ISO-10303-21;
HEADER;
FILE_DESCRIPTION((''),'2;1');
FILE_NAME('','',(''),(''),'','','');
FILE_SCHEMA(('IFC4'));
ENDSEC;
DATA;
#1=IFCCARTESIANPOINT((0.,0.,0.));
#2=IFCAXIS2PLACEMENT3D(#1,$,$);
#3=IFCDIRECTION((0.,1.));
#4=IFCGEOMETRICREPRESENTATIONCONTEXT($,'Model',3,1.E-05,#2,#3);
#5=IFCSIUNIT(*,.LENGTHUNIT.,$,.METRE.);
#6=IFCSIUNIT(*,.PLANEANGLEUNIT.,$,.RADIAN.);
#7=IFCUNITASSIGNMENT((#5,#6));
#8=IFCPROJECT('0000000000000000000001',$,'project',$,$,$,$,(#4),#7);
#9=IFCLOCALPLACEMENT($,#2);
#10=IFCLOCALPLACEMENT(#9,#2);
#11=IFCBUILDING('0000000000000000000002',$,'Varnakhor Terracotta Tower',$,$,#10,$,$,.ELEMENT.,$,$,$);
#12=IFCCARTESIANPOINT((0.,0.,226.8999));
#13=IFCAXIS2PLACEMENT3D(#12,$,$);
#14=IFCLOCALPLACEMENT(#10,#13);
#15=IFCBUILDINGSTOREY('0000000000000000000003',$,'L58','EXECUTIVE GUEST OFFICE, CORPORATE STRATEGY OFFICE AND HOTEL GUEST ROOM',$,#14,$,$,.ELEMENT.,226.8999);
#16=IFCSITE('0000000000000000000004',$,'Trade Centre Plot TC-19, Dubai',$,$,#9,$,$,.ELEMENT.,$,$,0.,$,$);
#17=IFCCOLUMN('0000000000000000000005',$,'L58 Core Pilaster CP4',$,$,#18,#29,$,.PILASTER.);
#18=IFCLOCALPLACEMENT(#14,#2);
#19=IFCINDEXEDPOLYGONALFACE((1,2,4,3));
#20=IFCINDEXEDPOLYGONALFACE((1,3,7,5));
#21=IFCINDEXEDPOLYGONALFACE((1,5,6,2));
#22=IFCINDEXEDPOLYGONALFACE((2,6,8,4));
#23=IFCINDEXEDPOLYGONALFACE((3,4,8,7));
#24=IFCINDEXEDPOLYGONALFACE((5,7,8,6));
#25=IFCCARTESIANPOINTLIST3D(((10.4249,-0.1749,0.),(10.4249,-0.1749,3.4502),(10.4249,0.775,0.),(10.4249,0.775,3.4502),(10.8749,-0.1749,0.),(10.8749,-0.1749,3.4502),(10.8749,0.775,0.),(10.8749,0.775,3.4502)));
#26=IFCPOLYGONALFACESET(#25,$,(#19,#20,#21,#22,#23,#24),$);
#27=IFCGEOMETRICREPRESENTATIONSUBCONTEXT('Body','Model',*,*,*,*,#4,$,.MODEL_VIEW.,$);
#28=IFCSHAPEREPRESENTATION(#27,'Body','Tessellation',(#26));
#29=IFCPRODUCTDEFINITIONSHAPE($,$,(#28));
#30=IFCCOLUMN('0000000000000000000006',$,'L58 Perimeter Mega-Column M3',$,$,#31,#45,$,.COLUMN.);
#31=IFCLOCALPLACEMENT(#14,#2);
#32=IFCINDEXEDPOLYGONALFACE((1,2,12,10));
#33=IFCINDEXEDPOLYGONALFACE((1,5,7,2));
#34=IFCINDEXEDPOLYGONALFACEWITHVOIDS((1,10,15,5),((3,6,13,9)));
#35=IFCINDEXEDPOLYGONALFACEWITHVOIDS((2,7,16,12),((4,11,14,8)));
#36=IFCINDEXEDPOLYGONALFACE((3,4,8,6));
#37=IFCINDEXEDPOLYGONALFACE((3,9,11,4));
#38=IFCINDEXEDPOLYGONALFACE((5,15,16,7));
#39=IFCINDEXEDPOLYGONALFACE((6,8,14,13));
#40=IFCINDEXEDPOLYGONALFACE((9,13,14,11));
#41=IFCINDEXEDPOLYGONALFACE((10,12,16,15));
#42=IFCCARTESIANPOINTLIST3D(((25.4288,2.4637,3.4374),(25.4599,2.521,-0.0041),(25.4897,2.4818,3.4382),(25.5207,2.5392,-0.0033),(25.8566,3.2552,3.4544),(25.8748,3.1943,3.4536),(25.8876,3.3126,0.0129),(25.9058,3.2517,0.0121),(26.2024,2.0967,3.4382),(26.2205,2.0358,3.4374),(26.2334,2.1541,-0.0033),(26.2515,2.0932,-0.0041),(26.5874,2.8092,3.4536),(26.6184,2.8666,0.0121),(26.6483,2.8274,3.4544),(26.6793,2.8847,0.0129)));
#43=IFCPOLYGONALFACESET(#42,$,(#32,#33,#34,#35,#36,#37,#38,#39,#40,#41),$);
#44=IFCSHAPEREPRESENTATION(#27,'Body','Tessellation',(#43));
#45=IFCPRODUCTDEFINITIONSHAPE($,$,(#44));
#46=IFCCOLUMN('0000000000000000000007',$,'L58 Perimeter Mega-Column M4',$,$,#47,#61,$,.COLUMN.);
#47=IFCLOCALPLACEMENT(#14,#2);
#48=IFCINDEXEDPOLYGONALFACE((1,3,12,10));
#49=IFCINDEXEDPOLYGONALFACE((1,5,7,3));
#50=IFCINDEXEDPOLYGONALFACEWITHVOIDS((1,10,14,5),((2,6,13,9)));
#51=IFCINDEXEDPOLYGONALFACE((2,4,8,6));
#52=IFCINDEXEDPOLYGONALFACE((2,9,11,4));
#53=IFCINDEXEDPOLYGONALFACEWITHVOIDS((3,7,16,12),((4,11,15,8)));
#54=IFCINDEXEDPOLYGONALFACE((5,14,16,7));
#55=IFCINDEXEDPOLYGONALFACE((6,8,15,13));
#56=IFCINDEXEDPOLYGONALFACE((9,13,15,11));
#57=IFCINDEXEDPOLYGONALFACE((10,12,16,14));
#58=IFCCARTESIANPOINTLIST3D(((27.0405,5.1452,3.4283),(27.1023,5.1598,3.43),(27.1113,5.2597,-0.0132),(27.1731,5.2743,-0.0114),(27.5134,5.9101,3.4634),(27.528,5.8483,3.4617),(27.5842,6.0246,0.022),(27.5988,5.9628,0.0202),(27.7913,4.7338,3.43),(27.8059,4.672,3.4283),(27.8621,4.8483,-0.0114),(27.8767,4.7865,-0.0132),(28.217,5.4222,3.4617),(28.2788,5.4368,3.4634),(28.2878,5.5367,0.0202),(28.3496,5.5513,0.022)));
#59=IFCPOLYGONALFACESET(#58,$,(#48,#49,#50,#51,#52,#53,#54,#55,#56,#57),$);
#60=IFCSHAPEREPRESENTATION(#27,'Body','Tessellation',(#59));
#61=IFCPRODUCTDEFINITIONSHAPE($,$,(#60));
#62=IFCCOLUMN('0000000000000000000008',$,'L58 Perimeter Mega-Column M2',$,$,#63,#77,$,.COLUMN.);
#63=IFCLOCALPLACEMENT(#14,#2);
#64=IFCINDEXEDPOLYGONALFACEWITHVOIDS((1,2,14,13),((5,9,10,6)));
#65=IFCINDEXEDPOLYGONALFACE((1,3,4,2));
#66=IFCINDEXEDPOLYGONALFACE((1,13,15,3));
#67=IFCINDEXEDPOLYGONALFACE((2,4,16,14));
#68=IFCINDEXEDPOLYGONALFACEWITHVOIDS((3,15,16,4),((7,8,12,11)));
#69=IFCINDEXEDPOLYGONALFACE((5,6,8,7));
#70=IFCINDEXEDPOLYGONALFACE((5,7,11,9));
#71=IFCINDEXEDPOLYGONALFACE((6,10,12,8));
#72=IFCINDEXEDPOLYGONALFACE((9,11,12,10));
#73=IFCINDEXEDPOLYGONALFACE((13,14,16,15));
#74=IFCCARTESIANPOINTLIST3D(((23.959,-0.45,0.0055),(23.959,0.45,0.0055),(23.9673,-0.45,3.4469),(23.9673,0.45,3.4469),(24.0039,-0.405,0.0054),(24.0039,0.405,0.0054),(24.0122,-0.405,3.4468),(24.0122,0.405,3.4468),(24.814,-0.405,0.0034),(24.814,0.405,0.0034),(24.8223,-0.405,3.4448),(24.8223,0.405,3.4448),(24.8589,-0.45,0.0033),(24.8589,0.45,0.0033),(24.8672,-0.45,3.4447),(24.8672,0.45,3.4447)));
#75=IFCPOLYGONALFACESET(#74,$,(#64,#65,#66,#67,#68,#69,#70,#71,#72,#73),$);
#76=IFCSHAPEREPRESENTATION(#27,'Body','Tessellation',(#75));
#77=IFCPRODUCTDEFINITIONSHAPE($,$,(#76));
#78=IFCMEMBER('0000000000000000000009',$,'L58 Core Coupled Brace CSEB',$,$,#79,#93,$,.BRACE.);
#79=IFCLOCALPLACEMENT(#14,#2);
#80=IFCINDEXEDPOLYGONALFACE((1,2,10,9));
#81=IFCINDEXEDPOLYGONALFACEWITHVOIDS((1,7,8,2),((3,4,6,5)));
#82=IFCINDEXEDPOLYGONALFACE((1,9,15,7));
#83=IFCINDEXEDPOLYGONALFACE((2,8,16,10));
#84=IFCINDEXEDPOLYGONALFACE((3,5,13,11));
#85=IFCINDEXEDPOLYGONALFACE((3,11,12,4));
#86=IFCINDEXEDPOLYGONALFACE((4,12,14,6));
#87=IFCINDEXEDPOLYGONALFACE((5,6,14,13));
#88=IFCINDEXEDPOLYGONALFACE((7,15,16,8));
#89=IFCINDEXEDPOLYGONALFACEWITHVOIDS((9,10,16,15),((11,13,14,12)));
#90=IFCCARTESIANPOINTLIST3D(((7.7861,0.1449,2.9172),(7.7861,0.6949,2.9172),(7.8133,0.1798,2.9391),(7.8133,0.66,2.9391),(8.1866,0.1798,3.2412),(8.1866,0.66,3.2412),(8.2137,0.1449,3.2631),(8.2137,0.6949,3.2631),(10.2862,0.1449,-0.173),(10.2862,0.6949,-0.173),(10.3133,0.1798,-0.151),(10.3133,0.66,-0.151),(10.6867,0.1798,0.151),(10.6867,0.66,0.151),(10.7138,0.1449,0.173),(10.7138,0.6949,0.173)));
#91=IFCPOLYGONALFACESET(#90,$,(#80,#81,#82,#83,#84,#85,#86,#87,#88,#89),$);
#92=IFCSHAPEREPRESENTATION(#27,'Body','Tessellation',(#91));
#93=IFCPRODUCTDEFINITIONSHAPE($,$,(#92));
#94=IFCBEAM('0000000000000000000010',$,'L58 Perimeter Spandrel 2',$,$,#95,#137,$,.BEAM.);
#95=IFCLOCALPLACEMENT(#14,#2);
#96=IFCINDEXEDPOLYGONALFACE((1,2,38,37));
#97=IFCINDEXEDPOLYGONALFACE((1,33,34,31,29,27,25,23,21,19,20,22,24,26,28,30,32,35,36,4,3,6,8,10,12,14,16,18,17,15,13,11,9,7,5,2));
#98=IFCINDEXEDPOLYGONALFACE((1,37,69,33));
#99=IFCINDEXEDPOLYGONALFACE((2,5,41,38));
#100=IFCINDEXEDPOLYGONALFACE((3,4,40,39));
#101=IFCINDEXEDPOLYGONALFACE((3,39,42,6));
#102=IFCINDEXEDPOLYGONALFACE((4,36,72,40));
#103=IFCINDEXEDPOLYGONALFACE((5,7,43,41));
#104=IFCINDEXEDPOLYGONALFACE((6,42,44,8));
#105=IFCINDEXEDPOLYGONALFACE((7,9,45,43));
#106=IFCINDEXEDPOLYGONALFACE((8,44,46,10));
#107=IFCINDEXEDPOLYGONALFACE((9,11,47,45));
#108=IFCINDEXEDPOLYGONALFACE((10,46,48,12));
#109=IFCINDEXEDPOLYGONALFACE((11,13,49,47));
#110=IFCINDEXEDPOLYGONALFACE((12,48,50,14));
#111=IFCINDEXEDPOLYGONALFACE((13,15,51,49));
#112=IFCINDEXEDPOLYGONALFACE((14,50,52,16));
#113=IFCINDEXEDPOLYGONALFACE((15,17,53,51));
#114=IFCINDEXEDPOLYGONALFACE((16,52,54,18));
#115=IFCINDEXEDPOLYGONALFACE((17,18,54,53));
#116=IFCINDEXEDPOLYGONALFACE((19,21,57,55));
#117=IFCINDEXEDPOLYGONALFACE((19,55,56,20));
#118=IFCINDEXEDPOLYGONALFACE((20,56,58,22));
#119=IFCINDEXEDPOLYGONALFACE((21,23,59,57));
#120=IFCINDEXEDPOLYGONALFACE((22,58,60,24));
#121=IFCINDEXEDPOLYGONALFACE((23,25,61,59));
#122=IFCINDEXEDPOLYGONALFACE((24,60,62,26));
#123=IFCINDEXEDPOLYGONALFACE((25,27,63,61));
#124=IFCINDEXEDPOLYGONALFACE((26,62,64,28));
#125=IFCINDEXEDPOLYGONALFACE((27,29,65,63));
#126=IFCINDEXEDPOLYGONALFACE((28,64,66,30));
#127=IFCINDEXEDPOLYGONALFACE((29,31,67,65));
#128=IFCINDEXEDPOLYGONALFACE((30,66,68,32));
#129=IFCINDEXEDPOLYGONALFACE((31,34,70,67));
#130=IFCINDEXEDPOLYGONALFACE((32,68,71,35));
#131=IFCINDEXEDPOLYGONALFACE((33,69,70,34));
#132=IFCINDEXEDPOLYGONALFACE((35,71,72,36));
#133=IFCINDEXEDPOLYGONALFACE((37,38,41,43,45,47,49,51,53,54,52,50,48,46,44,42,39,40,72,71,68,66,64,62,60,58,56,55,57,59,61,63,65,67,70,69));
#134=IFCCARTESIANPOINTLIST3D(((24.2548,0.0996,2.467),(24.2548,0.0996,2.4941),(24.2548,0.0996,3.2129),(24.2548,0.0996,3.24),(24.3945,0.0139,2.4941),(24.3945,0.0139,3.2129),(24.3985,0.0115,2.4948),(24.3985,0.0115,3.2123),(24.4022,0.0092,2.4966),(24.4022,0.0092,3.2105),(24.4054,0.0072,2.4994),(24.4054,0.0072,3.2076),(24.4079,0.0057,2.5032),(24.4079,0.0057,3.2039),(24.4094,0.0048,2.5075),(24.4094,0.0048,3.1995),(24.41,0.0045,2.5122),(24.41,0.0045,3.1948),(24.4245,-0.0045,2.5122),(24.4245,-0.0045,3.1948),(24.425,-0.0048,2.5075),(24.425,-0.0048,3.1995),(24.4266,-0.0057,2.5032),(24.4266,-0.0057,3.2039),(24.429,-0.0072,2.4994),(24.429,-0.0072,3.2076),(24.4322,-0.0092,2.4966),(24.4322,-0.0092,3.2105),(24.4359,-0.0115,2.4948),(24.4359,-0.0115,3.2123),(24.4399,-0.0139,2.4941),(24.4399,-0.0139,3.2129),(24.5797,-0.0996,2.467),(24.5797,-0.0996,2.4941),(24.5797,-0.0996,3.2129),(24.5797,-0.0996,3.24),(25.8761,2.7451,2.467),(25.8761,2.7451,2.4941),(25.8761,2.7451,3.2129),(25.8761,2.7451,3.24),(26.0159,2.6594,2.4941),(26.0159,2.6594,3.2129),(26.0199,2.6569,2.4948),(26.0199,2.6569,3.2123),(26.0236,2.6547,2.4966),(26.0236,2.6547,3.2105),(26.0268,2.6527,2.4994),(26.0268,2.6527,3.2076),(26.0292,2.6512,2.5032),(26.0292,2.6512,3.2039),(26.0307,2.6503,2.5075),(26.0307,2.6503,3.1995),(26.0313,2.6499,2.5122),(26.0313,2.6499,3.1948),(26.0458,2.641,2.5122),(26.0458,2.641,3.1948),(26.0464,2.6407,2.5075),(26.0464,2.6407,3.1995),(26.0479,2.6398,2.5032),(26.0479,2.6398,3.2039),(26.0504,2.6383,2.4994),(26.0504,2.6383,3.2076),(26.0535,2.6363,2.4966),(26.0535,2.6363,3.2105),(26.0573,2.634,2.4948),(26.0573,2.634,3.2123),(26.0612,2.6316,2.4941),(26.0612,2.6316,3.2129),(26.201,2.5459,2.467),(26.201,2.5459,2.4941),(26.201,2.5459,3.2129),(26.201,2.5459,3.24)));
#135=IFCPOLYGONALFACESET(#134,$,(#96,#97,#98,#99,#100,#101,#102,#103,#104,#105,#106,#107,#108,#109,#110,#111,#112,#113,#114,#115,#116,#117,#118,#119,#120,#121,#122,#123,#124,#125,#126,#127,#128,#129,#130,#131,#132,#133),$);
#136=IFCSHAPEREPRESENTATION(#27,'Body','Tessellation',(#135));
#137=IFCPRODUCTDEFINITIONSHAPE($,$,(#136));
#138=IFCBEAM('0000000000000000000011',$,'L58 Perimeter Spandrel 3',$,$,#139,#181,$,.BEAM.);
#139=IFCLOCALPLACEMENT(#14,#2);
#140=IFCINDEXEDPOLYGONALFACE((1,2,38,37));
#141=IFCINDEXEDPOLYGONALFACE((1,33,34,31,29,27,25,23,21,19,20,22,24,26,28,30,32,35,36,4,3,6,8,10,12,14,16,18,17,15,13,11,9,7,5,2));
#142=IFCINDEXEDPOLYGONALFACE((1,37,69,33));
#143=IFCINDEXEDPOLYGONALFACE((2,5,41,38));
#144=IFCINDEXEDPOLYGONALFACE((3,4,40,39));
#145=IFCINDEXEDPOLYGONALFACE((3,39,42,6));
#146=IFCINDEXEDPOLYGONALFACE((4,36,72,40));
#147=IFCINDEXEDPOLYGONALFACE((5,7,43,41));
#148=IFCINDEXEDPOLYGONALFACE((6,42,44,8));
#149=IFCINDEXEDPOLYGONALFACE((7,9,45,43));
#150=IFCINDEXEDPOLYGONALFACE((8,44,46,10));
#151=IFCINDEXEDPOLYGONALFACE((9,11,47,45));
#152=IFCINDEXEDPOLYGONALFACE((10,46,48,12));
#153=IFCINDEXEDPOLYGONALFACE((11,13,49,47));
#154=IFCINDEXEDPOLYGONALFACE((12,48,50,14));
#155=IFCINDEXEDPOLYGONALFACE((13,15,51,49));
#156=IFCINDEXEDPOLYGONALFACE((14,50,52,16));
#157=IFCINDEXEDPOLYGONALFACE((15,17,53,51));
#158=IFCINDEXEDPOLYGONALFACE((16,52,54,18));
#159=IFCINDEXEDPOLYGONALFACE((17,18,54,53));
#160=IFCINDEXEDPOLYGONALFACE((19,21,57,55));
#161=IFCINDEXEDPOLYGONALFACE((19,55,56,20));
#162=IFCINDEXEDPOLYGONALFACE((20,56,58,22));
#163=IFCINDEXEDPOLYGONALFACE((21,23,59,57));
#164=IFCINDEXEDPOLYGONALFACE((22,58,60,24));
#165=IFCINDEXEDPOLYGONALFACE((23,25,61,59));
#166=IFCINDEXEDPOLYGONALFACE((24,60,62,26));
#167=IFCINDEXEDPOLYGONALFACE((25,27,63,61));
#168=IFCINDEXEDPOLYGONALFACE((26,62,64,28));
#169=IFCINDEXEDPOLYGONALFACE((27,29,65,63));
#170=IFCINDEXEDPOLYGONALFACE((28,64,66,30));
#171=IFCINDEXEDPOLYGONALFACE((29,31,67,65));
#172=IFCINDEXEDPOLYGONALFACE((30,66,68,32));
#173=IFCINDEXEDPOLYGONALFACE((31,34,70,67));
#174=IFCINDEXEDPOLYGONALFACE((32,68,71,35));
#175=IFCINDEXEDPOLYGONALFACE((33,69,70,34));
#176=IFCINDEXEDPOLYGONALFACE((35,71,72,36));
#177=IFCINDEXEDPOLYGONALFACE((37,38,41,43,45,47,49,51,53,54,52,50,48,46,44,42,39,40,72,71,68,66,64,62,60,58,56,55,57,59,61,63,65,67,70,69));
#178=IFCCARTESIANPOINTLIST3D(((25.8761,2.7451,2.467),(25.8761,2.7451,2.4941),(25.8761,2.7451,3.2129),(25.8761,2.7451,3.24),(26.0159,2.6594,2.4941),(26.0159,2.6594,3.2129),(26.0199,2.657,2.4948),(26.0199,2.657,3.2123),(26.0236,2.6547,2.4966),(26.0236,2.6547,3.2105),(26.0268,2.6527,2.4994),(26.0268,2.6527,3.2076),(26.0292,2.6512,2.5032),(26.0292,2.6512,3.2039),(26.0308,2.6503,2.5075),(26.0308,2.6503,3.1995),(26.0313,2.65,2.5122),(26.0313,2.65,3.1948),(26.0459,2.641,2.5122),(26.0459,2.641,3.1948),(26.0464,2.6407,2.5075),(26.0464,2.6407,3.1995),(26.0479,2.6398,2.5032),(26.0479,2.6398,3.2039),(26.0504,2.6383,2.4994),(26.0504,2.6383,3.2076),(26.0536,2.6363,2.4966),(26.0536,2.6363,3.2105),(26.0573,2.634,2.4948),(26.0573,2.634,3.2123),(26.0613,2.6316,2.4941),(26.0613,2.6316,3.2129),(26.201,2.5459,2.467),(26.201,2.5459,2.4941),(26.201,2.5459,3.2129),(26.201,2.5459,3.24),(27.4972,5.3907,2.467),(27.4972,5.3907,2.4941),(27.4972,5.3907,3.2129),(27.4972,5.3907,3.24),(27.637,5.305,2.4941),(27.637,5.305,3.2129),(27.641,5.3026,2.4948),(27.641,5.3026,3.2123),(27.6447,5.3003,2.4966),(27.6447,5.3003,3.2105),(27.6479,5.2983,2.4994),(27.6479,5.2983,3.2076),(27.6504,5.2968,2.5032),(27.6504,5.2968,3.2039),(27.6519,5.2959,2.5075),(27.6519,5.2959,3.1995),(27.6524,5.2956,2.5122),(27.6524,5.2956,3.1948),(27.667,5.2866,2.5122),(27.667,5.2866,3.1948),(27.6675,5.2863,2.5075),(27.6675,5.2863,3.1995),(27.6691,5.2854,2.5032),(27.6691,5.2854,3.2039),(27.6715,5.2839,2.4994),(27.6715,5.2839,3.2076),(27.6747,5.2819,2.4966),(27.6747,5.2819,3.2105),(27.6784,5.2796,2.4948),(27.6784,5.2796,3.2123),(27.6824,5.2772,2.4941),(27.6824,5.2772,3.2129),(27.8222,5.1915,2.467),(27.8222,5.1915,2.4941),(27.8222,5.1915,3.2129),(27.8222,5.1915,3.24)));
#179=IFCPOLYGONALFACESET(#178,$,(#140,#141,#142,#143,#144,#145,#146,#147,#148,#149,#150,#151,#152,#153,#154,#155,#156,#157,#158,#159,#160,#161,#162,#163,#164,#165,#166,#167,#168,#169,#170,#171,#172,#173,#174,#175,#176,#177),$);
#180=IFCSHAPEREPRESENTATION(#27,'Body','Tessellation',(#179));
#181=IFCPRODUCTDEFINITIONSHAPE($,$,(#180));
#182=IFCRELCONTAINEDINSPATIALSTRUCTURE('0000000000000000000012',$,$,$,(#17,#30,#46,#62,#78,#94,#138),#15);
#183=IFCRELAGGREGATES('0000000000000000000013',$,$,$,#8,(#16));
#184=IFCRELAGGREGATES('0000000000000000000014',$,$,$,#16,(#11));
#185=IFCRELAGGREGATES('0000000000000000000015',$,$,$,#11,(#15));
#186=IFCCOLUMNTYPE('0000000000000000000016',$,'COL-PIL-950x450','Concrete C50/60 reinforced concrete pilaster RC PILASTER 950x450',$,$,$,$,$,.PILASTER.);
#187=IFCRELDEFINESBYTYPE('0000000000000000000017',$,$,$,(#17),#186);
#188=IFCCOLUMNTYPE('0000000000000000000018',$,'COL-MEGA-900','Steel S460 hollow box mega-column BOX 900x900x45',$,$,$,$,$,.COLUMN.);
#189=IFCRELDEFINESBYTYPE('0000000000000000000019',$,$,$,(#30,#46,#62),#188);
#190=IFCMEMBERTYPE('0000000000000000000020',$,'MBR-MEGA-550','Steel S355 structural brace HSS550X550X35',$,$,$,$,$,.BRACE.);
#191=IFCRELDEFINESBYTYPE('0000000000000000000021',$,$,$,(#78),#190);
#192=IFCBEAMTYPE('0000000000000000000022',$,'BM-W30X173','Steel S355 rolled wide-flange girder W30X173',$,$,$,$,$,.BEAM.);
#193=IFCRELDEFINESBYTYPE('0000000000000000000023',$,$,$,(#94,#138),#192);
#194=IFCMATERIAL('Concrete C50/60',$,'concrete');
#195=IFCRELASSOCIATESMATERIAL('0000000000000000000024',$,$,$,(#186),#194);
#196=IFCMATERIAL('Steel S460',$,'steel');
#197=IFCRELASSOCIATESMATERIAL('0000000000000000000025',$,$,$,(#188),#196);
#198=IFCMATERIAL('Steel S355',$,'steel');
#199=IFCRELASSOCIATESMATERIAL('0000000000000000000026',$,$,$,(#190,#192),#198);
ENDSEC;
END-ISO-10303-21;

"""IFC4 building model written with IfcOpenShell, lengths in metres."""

from ifc_helpers import new_model, si_unit, direction, frame, origin, origin_2d, place, context, subcontext, project, spatial, rectangle, hollow_rectangle, i_section, extrude, source, transform, mapped, material, material_profile, profile_set, type_object, element, save


model = new_model("IFC4")

# Units and contexts
model_context = context("Model", 3, precision=1e-05, world=origin(), true_north=direction((0.0, 1.0)))
body_context = subcontext(model_context, "Body", "Model", "MODEL_VIEW")
ifc_project = project(units=[si_unit("LENGTHUNIT", "METRE"), si_unit("PLANEANGLEUNIT", "RADIAN")], contexts=[model_context])

# Site, building, storey
site_placement = place(None, origin())
site = spatial("IfcSite", under=ifc_project, at=site_placement, Name="Trade Centre Plot TC-19, Dubai", CompositionType="ELEMENT", RefElevation=0.0)
building_placement = place(site_placement, origin())
building = spatial("IfcBuilding", under=site, at=building_placement, Name="Varnakhor Terracotta Tower", CompositionType="ELEMENT")
storey_placement = place(building_placement, frame((0.0, 0.0, 226.8999)))
storey = spatial("IfcBuildingStorey", under=building, at=storey_placement, Name="L58", Description="EXECUTIVE GUEST OFFICE, CORPORATE STRATEGY OFFICE AND HOTEL GUEST ROOM", CompositionType="ELEMENT", Elevation=226.8999)

# Columns
ifc_material_1 = material(Name="Concrete C50/60", Category="concrete")
ifc_material_profile_1 = material_profile(ifc_material_1, rectangle(XDim=0.45, YDim=0.95, at=origin_2d()), Name="RC PILASTER 950x450")
ifc_profile_set_1 = profile_set([ifc_material_profile_1], Name="Concrete C50/60")
column_type_1 = type_object("IfcColumnType", Name="COL-PIL-950x450", Description="Concrete C50/60 reinforced concrete pilaster RC PILASTER 950x450", PredefinedType="PILASTER", material=ifc_profile_set_1)
shared_shape_1 = source(origin(), body_context, "Body", "SweptSolid", [
    extrude(rectangle(XDim=0.45, YDim=0.95, at=origin_2d()), origin(), (0.0, 0.0, 1.0), 3.4502),
])
column_1_placement = place(storey_placement, frame((10.6499, 0.3, 0.0), z_axis=(0.0, 0.0, 1.0), x_axis=(1.0, 0.0, 0.0)))
element("IfcColumn", 1, at=column_1_placement, inside=storey, type_object=column_type_1, Name="L58 Core Pilaster CP4", PredefinedType="PILASTER", context=body_context, shape_type="MappedRepresentation", body=[
    mapped(shared_shape_1, transform((0.0, 0.0, 0.0), scale=1.0)),
])
ifc_material_2 = material(Name="Steel S460", Category="steel")
ifc_material_profile_2 = material_profile(ifc_material_2, hollow_rectangle(XDim=0.8999, YDim=0.8999, WallThickness=0.0449, at=origin_2d()), Name="BOX 900x900x45")
ifc_profile_set_2 = profile_set([ifc_material_profile_2], Name="Steel S460")
column_type_2 = type_object("IfcColumnType", Name="COL-MEGA-900", Description="Steel S460 hollow box mega-column BOX 900x900x45", PredefinedType="COLUMN", material=ifc_profile_set_2)
shared_shape_2 = source(origin(), body_context, "Body", "SweptSolid", [
    extrude(hollow_rectangle(XDim=0.8999, YDim=0.8999, WallThickness=0.0449, at=origin_2d()), origin(), (0.0, 0.0, 1.0), 3.4421),
])
column_2_placement = place(storey_placement, frame((26.0696, 2.7029, 0.0044), z_axis=(-0.009008, -0.016668, 0.99982), x_axis=(0.879749, -0.475439, 0.0)))
element("IfcColumn", 2, at=column_2_placement, inside=storey, type_object=column_type_2, Name="L58 Perimeter Mega-Column M3", PredefinedType="COLUMN", context=body_context, shape_type="MappedRepresentation", body=[
    mapped(shared_shape_2, transform((0.0, 0.0, 0.0), scale=1.0)),
])
shared_shape_3 = source(origin(), body_context, "Body", "SweptSolid", [
    extrude(hollow_rectangle(XDim=0.8999, YDim=0.8999, WallThickness=0.0449, at=origin_2d()), origin(), (0.0, 0.0, 1.0), 3.4441),
])
column_3_placement = place(storey_placement, frame((27.7305, 5.4055, 0.0044), z_axis=(-0.020557, -0.033246, 0.999236), x_axis=(0.850536, -0.525918, 0.0)))
element("IfcColumn", 3, at=column_3_placement, inside=storey, type_object=column_type_2, Name="L58 Perimeter Mega-Column M4", PredefinedType="COLUMN", context=body_context, shape_type="MappedRepresentation", body=[
    mapped(shared_shape_3, transform((0.0, 0.0, 0.0), scale=1.0)),
])
shared_shape_4 = source(origin(), body_context, "Body", "SweptSolid", [
    extrude(hollow_rectangle(XDim=0.8999, YDim=0.8999, WallThickness=0.0449, at=origin_2d()), origin(), (0.0, 0.0, 1.0), 3.4414),
])
column_4_placement = place(storey_placement, frame((24.4089, 0.0, 0.0044), z_axis=(0.002412, 0.0, 0.999997), x_axis=(0.0, 1.0, 0.0)))
element("IfcColumn", 4, at=column_4_placement, inside=storey, type_object=column_type_2, Name="L58 Perimeter Mega-Column M2", PredefinedType="COLUMN", context=body_context, shape_type="MappedRepresentation", body=[
    mapped(shared_shape_4, transform((0.0, 0.0, 0.0), scale=1.0)),
])

# Member
ifc_material_3 = material(Name="Steel S355", Category="steel")
ifc_material_profile_3 = material_profile(ifc_material_3, hollow_rectangle(XDim=0.55, YDim=0.55, WallThickness=0.0349, at=origin_2d()), Name="HSS550X550X35")
ifc_profile_set_3 = profile_set([ifc_material_profile_3], Name="Steel S355")
member_type_1 = type_object("IfcMemberType", Name="MBR-MEGA-550", Description="Steel S355 structural brace HSS550X550X35", PredefinedType="BRACE", material=ifc_profile_set_3)
shared_shape_5 = source(origin(), body_context, "Body", "SweptSolid", [
    extrude(hollow_rectangle(XDim=0.55, YDim=0.55, WallThickness=0.0349, at=origin_2d()), origin(), (0.0, 0.0, 1.0), 3.9749),
])
member_1_placement = place(storey_placement, frame((10.5, 0.4199, 0.0), z_axis=(-0.62897, 0.0, 0.777429), x_axis=(0.0, -1.0, 0.0)))
element("IfcMember", 5, at=member_1_placement, inside=storey, type_object=member_type_1, Name="L58 Core Coupled Brace CSEB", PredefinedType="BRACE", context=body_context, shape_type="MappedRepresentation", body=[
    mapped(shared_shape_5, transform((0.0, 0.0, 0.0), scale=1.0)),
])

# Beams
ifc_material_profile_4 = material_profile(ifc_material_3, i_section(OverallWidth=0.3811, OverallDepth=0.7729, WebThickness=0.0171, FlangeThickness=0.0271, FilletRadius=0.0181, at=origin_2d()), Name="W30X173")
ifc_profile_set_4 = profile_set([ifc_material_profile_4], Name="Steel S355")
beam_type_1 = type_object("IfcBeamType", Name="BM-W30X173", Description="Steel S355 rolled wide-flange girder W30X173", PredefinedType="BEAM", material=ifc_profile_set_4)
shared_shape_6 = source(origin(), body_context, "Body", "SweptSolid", [
    extrude(i_section(OverallWidth=0.3811, OverallDepth=0.7729, WebThickness=0.0171, FlangeThickness=0.0271, FilletRadius=0.0181, at=origin_2d()), origin(), (0.0, 0.0, 1.0), 3.1028),
])
for number, where, z_axis, x_axis, name in (
    (6, (24.4172, 0.0, 2.8535), (0.522538, 0.852616, 0.0), (-0.852616, 0.522538, 0.0), "L58 Perimeter Spandrel 2"),
    (7, (26.0386, 2.6455, 2.8535), (0.522481, 0.852651, 0.0), (-0.852651, 0.522481, 0.0), "L58 Perimeter Spandrel 3"),
):
    element("IfcBeam", number, at=place(storey_placement, frame(where, z_axis=z_axis, x_axis=x_axis)), inside=storey, type_object=beam_type_1, Name=name, PredefinedType="BEAM", context=body_context, shape_type="MappedRepresentation", body=[
        mapped(shared_shape_6, transform((0.0, 0.0, 0.0), scale=1.0)),
    ])

save(model, "model.ifc")
